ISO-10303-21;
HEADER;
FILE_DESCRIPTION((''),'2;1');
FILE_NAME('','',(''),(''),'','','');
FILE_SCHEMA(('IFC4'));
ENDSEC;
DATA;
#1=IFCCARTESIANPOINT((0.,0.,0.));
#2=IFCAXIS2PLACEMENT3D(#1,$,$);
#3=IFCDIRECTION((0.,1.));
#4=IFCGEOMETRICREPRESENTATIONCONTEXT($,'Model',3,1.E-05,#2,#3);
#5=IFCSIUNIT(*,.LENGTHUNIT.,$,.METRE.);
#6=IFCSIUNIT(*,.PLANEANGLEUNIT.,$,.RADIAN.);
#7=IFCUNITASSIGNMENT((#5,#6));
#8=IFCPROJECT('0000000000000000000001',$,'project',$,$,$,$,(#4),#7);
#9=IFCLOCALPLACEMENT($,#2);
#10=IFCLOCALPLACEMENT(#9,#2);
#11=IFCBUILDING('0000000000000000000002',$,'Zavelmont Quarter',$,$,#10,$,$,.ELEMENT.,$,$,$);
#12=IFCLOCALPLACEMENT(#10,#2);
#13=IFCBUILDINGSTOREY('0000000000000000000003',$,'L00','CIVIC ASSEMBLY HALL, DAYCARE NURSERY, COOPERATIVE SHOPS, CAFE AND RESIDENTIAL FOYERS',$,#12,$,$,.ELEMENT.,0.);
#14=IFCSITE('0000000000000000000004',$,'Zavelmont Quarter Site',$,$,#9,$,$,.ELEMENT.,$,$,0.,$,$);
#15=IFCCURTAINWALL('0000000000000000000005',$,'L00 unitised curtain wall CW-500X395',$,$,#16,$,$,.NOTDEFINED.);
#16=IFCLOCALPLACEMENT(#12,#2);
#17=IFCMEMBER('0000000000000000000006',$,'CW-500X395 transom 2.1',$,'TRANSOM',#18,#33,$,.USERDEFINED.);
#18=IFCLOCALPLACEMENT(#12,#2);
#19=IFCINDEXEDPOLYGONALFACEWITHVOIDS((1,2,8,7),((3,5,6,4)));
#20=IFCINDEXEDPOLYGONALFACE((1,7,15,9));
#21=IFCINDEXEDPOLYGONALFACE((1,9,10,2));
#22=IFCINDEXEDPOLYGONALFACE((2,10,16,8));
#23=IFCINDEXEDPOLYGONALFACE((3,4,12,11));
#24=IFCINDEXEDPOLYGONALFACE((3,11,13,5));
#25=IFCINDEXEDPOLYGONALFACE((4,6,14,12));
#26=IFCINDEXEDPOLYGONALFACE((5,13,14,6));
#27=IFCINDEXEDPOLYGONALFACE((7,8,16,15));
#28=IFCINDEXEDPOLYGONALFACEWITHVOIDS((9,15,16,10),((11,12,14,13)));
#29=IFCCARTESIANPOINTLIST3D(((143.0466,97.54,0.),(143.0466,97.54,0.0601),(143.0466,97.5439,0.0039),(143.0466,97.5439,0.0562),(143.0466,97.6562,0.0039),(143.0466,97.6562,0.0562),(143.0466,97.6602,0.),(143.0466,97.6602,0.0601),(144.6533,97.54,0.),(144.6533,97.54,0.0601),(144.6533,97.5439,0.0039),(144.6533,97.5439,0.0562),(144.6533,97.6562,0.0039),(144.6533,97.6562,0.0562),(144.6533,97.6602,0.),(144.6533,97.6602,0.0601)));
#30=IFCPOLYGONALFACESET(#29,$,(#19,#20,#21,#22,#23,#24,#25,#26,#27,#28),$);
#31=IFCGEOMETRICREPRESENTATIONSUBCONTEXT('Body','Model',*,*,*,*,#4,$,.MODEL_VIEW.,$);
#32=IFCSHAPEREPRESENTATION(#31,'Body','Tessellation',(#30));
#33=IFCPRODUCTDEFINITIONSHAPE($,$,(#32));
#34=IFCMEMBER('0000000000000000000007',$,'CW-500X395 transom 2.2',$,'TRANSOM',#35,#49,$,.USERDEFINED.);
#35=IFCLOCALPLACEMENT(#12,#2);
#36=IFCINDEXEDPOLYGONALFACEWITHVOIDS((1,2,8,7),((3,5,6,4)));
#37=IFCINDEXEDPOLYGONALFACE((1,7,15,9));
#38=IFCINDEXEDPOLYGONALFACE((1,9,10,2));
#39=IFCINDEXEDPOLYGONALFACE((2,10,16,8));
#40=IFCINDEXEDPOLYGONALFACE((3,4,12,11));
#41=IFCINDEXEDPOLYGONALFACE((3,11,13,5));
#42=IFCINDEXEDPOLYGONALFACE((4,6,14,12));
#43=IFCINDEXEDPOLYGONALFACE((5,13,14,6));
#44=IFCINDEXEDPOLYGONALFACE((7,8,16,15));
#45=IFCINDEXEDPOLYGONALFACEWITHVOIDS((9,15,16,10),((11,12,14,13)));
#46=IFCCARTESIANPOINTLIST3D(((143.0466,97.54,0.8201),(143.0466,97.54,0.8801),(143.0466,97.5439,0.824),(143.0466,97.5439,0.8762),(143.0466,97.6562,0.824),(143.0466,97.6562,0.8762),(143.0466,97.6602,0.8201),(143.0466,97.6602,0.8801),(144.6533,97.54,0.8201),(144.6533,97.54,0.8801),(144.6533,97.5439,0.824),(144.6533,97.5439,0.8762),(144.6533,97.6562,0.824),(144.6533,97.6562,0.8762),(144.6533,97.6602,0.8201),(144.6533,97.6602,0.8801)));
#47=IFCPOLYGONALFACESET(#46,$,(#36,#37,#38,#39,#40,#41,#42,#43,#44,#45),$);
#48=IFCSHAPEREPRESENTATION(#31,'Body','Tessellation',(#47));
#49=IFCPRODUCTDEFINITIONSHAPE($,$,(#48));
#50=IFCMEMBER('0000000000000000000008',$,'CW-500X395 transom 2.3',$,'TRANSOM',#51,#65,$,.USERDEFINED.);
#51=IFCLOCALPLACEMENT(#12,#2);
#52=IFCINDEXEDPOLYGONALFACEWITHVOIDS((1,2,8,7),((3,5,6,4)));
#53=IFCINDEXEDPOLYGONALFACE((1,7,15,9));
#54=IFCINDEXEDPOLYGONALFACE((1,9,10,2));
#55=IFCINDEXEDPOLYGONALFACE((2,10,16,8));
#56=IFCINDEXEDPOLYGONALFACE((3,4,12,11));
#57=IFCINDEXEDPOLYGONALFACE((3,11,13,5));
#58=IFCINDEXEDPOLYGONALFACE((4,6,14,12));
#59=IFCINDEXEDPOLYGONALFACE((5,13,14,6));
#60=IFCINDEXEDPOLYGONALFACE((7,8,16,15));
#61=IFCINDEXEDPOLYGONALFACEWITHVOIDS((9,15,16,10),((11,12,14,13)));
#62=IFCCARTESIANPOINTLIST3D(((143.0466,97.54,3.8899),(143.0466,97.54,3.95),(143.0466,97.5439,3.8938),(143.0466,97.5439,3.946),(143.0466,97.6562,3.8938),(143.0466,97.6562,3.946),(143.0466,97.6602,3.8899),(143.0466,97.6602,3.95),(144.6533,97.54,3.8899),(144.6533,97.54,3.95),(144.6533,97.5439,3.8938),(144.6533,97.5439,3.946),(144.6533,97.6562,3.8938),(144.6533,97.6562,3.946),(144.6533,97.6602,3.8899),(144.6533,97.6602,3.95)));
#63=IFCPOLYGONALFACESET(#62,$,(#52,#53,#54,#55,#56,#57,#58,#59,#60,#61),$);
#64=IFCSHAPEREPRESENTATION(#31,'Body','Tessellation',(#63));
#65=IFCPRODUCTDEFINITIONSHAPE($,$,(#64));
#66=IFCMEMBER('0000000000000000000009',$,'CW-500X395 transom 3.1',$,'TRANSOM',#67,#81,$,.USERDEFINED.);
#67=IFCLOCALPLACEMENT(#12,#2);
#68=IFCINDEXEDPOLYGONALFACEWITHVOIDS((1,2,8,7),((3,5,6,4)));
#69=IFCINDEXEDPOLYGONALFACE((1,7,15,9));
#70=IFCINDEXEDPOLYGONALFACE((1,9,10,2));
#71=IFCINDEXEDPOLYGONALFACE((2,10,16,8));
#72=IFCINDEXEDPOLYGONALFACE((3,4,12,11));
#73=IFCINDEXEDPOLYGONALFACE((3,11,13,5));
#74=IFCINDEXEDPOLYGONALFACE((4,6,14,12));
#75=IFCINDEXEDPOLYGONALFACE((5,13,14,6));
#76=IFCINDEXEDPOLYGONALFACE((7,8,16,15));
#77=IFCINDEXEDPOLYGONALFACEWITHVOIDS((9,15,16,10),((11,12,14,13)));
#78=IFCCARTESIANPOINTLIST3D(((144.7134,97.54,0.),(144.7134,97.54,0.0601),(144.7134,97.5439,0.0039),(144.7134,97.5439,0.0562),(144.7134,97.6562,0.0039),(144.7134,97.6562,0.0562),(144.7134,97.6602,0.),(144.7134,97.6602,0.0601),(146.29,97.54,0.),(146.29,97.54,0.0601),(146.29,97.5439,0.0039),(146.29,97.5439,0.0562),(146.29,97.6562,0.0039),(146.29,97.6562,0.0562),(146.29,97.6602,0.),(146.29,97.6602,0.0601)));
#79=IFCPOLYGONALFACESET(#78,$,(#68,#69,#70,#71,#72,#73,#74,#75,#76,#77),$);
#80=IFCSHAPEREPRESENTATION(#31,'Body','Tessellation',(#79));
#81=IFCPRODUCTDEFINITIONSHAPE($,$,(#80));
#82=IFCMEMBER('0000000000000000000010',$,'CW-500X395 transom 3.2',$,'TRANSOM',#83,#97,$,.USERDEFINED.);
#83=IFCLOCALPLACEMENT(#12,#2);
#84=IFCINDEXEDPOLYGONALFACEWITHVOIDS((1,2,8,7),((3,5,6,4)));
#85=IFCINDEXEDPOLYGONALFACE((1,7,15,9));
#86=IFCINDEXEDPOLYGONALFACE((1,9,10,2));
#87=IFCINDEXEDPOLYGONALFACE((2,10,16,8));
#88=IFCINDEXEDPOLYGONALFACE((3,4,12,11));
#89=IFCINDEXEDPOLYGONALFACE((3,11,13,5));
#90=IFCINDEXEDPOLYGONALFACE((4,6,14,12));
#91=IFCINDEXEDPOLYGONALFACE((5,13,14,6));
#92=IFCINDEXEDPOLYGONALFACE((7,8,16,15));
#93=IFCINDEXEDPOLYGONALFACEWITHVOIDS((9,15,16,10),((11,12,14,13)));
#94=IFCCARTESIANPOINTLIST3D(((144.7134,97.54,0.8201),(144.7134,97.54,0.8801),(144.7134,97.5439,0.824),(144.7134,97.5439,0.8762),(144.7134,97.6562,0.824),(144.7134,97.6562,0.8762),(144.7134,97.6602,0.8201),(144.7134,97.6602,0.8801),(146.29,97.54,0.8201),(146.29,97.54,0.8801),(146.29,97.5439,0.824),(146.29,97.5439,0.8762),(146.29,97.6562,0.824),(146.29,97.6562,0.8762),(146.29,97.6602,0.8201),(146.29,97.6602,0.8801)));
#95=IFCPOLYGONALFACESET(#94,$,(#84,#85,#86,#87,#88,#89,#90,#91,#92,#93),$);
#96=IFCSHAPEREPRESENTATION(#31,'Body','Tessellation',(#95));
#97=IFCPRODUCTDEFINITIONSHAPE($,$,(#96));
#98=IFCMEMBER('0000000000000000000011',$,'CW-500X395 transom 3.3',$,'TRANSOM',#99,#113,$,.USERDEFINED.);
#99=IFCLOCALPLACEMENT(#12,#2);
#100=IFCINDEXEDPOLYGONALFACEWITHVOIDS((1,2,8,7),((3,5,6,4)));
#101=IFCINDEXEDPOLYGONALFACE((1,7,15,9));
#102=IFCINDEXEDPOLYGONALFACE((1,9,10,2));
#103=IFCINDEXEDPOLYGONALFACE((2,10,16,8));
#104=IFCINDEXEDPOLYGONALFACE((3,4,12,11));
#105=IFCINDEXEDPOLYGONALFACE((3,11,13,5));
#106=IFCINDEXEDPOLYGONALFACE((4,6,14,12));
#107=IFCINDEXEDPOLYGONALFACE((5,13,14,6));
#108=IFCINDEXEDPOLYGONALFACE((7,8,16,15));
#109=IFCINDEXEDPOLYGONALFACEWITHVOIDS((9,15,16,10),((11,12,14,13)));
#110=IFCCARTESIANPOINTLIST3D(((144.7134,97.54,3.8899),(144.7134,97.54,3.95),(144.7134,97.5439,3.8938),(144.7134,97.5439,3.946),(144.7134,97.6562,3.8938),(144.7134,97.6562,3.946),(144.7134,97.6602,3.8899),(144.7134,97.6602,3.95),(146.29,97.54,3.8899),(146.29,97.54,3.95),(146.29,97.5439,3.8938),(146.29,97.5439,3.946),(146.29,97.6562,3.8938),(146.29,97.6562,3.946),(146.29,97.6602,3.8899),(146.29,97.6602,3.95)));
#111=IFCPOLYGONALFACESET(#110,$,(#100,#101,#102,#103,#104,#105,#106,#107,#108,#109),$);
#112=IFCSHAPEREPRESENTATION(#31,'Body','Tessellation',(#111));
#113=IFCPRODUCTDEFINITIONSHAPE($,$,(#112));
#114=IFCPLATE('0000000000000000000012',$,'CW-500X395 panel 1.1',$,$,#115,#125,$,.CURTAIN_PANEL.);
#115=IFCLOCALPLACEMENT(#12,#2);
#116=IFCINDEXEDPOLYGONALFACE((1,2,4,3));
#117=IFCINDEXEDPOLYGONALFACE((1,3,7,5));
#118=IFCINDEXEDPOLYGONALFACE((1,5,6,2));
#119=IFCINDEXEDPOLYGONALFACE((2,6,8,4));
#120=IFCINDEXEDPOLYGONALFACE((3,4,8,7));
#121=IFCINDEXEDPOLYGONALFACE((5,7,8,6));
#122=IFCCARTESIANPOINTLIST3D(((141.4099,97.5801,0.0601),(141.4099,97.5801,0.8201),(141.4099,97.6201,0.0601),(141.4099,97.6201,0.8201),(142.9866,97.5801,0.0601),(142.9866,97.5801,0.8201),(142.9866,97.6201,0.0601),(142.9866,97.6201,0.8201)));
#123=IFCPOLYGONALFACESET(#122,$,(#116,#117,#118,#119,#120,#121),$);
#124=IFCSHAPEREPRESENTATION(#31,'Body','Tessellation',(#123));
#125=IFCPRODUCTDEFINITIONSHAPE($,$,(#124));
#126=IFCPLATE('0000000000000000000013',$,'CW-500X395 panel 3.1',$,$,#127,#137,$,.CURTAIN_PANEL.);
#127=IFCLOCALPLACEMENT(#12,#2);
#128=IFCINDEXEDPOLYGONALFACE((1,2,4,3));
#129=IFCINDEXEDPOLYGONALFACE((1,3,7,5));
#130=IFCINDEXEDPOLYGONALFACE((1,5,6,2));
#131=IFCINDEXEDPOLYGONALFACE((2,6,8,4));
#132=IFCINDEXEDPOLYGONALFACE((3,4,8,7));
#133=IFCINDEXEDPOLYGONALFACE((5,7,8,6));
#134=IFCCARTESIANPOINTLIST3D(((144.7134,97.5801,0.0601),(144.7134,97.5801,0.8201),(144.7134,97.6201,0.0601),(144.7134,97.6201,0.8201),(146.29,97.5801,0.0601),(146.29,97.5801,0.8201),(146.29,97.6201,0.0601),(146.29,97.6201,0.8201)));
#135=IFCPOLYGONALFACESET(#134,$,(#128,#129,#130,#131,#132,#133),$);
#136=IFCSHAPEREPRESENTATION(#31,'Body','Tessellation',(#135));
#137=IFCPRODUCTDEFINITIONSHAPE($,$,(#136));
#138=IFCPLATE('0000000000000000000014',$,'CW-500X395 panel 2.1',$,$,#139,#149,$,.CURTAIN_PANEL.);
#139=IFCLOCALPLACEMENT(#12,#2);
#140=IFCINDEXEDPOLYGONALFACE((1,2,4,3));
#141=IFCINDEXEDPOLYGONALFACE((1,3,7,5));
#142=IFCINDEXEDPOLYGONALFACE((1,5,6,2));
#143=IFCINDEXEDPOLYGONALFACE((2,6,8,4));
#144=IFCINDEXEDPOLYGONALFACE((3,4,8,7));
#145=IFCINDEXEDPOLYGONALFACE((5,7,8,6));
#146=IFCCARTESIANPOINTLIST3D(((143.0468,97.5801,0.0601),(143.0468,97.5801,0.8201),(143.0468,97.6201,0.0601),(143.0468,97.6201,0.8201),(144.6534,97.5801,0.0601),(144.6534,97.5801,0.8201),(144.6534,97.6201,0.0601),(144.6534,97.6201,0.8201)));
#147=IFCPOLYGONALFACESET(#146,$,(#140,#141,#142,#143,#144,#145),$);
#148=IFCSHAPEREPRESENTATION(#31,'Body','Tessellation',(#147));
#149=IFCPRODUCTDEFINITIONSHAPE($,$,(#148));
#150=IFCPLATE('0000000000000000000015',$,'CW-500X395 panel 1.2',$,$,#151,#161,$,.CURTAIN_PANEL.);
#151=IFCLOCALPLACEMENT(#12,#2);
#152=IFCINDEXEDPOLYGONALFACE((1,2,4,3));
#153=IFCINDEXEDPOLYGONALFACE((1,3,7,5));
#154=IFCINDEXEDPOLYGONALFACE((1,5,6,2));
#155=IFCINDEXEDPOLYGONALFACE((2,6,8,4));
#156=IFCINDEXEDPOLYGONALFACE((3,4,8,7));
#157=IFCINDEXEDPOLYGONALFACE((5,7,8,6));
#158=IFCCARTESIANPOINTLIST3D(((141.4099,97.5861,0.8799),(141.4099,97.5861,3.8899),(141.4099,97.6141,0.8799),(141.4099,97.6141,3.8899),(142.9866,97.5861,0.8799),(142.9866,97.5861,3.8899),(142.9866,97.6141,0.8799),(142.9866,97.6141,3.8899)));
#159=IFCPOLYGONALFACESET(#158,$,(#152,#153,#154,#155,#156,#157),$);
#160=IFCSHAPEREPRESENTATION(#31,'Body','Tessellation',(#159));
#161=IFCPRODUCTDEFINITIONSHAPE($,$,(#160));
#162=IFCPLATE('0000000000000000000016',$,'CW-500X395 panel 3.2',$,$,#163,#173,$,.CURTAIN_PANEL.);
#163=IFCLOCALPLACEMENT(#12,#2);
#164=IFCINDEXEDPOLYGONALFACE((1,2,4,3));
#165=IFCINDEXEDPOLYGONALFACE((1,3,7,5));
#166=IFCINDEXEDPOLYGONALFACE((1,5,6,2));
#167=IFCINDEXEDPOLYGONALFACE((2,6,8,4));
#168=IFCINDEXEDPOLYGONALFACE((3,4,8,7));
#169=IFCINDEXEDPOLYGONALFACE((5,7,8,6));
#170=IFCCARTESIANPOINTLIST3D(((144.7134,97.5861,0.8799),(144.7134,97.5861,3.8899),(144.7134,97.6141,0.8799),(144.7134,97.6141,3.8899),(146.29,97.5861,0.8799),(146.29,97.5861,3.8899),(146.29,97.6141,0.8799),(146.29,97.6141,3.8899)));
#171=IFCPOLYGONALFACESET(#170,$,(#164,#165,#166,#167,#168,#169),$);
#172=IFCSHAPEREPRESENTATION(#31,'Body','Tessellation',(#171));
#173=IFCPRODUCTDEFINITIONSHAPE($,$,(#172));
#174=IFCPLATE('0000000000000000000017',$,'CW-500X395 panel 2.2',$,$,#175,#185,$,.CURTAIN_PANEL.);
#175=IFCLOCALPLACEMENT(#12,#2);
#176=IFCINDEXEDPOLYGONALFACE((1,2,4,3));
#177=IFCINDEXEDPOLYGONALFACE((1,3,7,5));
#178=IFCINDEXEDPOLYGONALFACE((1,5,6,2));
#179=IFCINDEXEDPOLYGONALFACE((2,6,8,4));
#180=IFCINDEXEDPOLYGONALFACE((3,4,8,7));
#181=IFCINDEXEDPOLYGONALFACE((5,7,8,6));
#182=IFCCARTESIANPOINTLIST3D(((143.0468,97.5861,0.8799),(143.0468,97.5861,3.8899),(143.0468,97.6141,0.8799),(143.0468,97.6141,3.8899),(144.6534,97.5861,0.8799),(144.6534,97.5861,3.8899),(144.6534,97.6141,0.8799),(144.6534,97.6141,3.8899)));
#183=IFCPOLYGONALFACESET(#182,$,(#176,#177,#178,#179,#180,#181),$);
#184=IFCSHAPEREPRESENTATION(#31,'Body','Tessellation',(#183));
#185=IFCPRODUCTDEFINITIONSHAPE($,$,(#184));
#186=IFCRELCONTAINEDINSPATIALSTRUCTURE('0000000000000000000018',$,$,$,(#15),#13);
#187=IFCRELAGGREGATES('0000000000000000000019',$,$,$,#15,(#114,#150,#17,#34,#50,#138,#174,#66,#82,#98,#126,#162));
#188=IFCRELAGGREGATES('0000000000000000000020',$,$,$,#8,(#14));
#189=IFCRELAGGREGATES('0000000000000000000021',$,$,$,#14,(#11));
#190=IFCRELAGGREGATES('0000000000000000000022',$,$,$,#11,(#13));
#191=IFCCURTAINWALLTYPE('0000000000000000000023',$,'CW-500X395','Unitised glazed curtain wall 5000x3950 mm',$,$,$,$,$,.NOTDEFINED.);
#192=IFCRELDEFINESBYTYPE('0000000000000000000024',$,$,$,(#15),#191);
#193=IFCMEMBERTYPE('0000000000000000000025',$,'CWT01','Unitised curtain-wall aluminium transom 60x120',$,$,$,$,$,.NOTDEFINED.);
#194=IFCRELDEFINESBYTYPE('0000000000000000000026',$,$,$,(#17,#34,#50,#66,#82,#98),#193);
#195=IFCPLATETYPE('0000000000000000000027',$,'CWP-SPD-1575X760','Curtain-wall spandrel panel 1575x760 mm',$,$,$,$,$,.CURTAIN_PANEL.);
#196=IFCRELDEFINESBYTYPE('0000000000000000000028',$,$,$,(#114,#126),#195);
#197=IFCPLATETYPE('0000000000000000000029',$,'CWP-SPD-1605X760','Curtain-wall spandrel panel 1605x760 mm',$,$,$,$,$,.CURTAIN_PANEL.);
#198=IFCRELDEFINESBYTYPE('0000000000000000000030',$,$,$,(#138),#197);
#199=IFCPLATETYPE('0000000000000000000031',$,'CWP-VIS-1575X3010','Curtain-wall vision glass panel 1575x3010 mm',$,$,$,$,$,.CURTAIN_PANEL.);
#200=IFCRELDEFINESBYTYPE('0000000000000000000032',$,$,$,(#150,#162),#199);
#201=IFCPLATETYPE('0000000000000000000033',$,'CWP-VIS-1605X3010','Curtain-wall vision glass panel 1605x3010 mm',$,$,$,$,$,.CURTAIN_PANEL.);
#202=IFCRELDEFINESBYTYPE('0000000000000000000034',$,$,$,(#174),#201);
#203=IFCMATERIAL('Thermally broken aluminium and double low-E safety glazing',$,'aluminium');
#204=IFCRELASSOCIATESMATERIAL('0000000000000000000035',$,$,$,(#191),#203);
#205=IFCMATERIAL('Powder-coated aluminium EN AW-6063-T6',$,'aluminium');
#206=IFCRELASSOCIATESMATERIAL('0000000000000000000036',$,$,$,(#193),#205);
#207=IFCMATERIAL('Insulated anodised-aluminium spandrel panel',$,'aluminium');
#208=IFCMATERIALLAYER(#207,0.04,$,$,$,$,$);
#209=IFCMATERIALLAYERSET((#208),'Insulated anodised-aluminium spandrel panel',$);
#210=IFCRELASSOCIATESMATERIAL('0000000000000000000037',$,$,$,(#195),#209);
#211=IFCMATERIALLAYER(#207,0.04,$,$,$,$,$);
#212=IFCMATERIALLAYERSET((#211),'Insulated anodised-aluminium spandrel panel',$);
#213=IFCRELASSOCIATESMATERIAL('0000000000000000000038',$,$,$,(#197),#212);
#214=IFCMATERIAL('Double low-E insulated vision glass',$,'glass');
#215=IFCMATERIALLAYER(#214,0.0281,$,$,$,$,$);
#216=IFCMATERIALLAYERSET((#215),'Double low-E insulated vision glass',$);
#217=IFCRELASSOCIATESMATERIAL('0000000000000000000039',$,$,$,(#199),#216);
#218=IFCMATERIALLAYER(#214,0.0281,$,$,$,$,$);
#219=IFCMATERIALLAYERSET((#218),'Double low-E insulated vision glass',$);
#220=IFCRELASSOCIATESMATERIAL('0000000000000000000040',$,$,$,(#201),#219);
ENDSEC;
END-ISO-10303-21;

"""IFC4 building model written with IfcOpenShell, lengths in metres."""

from ifc_helpers import new_model, si_unit, direction, frame, origin, origin_2d, place, context, subcontext, project, spatial, rectangle, hollow_rectangle, extrude, material, layer, layer_set, material_profile, profile_set, type_object, element, aggregate, save


model = new_model("IFC4")

# Units and contexts
model_context = context("Model", 3, precision=1e-05, world=origin(), true_north=direction((0.0, 1.0)))
body_context = subcontext(model_context, "Body", "Model", "MODEL_VIEW")
ifc_project = project(units=[si_unit("LENGTHUNIT", "METRE"), si_unit("PLANEANGLEUNIT", "RADIAN")], contexts=[model_context])

# Site, building, storey
site_placement = place(None, origin())
site = spatial("IfcSite", under=ifc_project, at=site_placement, Name="Zavelmont Quarter Site", CompositionType="ELEMENT", RefElevation=0.0)
building_placement = place(site_placement, origin())
building = spatial("IfcBuilding", under=site, at=building_placement, Name="Zavelmont Quarter", CompositionType="ELEMENT")
storey_placement = place(building_placement, origin())
storey = spatial("IfcBuildingStorey", under=building, at=storey_placement, Name="L00", Description="CIVIC ASSEMBLY HALL, DAYCARE NURSERY, COOPERATIVE SHOPS, CAFE AND RESIDENTIAL FOYERS", CompositionType="ELEMENT", Elevation=0.0)

# Curtain wall, members, plates
ifc_material_1 = material(Name="Thermally broken aluminium and double low-E safety glazing", Category="aluminium")
curtain_wall_type = type_object("IfcCurtainWallType", Name="CW-500X395", Description="Unitised glazed curtain wall 5000x3950 mm", PredefinedType="NOTDEFINED", material=ifc_material_1)
curtain_wall_placement = place(storey_placement, origin())
curtain_wall = element("IfcCurtainWall", 1, at=curtain_wall_placement, inside=storey, type_object=curtain_wall_type, Name="L00 unitised curtain wall CW-500X395", PredefinedType="NOTDEFINED")
ifc_material_2 = material(Name="Powder-coated aluminium EN AW-6063-T6", Category="aluminium")
ifc_material_profile_1 = material_profile(ifc_material_2, hollow_rectangle(XDim=0.1201, YDim=0.0601, WallThickness=0.0039, at=origin_2d()), Name="CWT60X120")
ifc_profile_set_1 = profile_set([ifc_material_profile_1], Name="Powder-coated aluminium EN AW-6063-T6")
member_type_1 = type_object("IfcMemberType", Name="CWT01", Description="Unitised curtain-wall aluminium transom 60x120", PredefinedType="NOTDEFINED", material=ifc_profile_set_1)
member_1_placement = place(storey_placement, frame((143.0466, 97.6001, 0.03), z_axis=(1.0, 0.0, 0.0), x_axis=(0.0, 1.0, 0.0)))
member_1 = element("IfcMember", 2, at=member_1_placement, type_object=member_type_1, Name="CW-500X395 transom 2.1", ObjectType="TRANSOM", PredefinedType="USERDEFINED", context=body_context, shape_type="SweptSolid", body=[
    extrude(hollow_rectangle(XDim=0.1201, YDim=0.0601, WallThickness=0.0039, at=origin_2d()), origin(), (0.0, 0.0, 1.0), 1.6067),
])
member_2_placement = place(storey_placement, frame((143.0466, 97.6001, 0.8501), z_axis=(1.0, 0.0, 0.0), x_axis=(0.0, 1.0, 0.0)))
member_2 = element("IfcMember", 3, at=member_2_placement, type_object=member_type_1, Name="CW-500X395 transom 2.2", ObjectType="TRANSOM", PredefinedType="USERDEFINED", context=body_context, shape_type="SweptSolid", body=[
    extrude(hollow_rectangle(XDim=0.1201, YDim=0.0601, WallThickness=0.0039, at=origin_2d()), origin(), (0.0, 0.0, 1.0), 1.6067),
])
member_3_placement = place(storey_placement, frame((143.0466, 97.6001, 3.9199), z_axis=(1.0, 0.0, 0.0), x_axis=(0.0, 1.0, 0.0)))
member_3 = element("IfcMember", 4, at=member_3_placement, type_object=member_type_1, Name="CW-500X395 transom 2.3", ObjectType="TRANSOM", PredefinedType="USERDEFINED", context=body_context, shape_type="SweptSolid", body=[
    extrude(hollow_rectangle(XDim=0.1201, YDim=0.0601, WallThickness=0.0039, at=origin_2d()), origin(), (0.0, 0.0, 1.0), 1.6067),
])
member_4_placement = place(storey_placement, frame((144.7134, 97.6001, 0.03), z_axis=(1.0, 0.0, 0.0), x_axis=(0.0, 1.0, 0.0)))
member_4 = element("IfcMember", 5, at=member_4_placement, type_object=member_type_1, Name="CW-500X395 transom 3.1", ObjectType="TRANSOM", PredefinedType="USERDEFINED", context=body_context, shape_type="SweptSolid", body=[
    extrude(hollow_rectangle(XDim=0.1201, YDim=0.0601, WallThickness=0.0039, at=origin_2d()), origin(), (0.0, 0.0, 1.0), 1.5767),
])
member_5_placement = place(storey_placement, frame((144.7134, 97.6001, 0.8501), z_axis=(1.0, 0.0, 0.0), x_axis=(0.0, 1.0, 0.0)))
member_5 = element("IfcMember", 6, at=member_5_placement, type_object=member_type_1, Name="CW-500X395 transom 3.2", ObjectType="TRANSOM", PredefinedType="USERDEFINED", context=body_context, shape_type="SweptSolid", body=[
    extrude(hollow_rectangle(XDim=0.1201, YDim=0.0601, WallThickness=0.0039, at=origin_2d()), origin(), (0.0, 0.0, 1.0), 1.5767),
])
member_6_placement = place(storey_placement, frame((144.7134, 97.6001, 3.9199), z_axis=(1.0, 0.0, 0.0), x_axis=(0.0, 1.0, 0.0)))
member_6 = element("IfcMember", 7, at=member_6_placement, type_object=member_type_1, Name="CW-500X395 transom 3.3", ObjectType="TRANSOM", PredefinedType="USERDEFINED", context=body_context, shape_type="SweptSolid", body=[
    extrude(hollow_rectangle(XDim=0.1201, YDim=0.0601, WallThickness=0.0039, at=origin_2d()), origin(), (0.0, 0.0, 1.0), 1.5767),
])
ifc_material_3 = material(Name="Insulated anodised-aluminium spandrel panel", Category="aluminium")
ifc_layer_1 = layer(ifc_material_3, 0.04)
ifc_layer_set_1 = layer_set([ifc_layer_1], Name="Insulated anodised-aluminium spandrel panel")
plate_type_1 = type_object("IfcPlateType", Name="CWP-SPD-1575X760", Description="Curtain-wall spandrel panel 1575x760 mm", PredefinedType="CURTAIN_PANEL", material=ifc_layer_set_1)
plate_1_placement = place(storey_placement, frame((142.1982, 97.6001, 0.0601), z_axis=(0.0, 0.0, 1.0), x_axis=(1.0, 0.0, 0.0)))
plate_1 = element("IfcPlate", 8, at=plate_1_placement, type_object=plate_type_1, Name="CW-500X395 panel 1.1", PredefinedType="CURTAIN_PANEL", context=body_context, shape_type="SweptSolid", body=[
    extrude(rectangle(XDim=1.5767, YDim=0.04, at=origin_2d()), origin(), (0.0, 0.0, 1.0), 0.76),
])
plate_2_placement = place(storey_placement, frame((145.5017, 97.6001, 0.0601), z_axis=(0.0, 0.0, 1.0), x_axis=(1.0, 0.0, 0.0)))
plate_2 = element("IfcPlate", 9, at=plate_2_placement, type_object=plate_type_1, Name="CW-500X395 panel 3.1", PredefinedType="CURTAIN_PANEL", context=body_context, shape_type="SweptSolid", body=[
    extrude(rectangle(XDim=1.5767, YDim=0.04, at=origin_2d()), origin(), (0.0, 0.0, 1.0), 0.76),
])
ifc_layer_2 = layer(ifc_material_3, 0.04)
ifc_layer_set_2 = layer_set([ifc_layer_2], Name="Insulated anodised-aluminium spandrel panel")
plate_type_2 = type_object("IfcPlateType", Name="CWP-SPD-1605X760", Description="Curtain-wall spandrel panel 1605x760 mm", PredefinedType="CURTAIN_PANEL", material=ifc_layer_set_2)
plate_3_placement = place(storey_placement, frame((143.8501, 97.6001, 0.0601), z_axis=(0.0, 0.0, 1.0), x_axis=(1.0, 0.0, 0.0)))
plate_3 = element("IfcPlate", 10, at=plate_3_placement, type_object=plate_type_2, Name="CW-500X395 panel 2.1", PredefinedType="CURTAIN_PANEL", context=body_context, shape_type="SweptSolid", body=[
    extrude(rectangle(XDim=1.6067, YDim=0.04, at=origin_2d()), origin(), (0.0, 0.0, 1.0), 0.76),
])
ifc_material_4 = material(Name="Double low-E insulated vision glass", Category="glass")
ifc_layer_3 = layer(ifc_material_4, 0.0281)
ifc_layer_set_3 = layer_set([ifc_layer_3], Name="Double low-E insulated vision glass")
plate_type_3 = type_object("IfcPlateType", Name="CWP-VIS-1575X3010", Description="Curtain-wall vision glass panel 1575x3010 mm", PredefinedType="CURTAIN_PANEL", material=ifc_layer_set_3)
plate_4_placement = place(storey_placement, frame((142.1982, 97.6001, 0.8799), z_axis=(0.0, 0.0, 1.0), x_axis=(1.0, 0.0, 0.0)))
plate_4 = element("IfcPlate", 11, at=plate_4_placement, type_object=plate_type_3, Name="CW-500X395 panel 1.2", PredefinedType="CURTAIN_PANEL", context=body_context, shape_type="SweptSolid", body=[
    extrude(rectangle(XDim=1.5767, YDim=0.0281, at=origin_2d()), origin(), (0.0, 0.0, 1.0), 3.01),
])
plate_5_placement = place(storey_placement, frame((145.5017, 97.6001, 0.8799), z_axis=(0.0, 0.0, 1.0), x_axis=(1.0, 0.0, 0.0)))
plate_5 = element("IfcPlate", 12, at=plate_5_placement, type_object=plate_type_3, Name="CW-500X395 panel 3.2", PredefinedType="CURTAIN_PANEL", context=body_context, shape_type="SweptSolid", body=[
    extrude(rectangle(XDim=1.5767, YDim=0.0281, at=origin_2d()), origin(), (0.0, 0.0, 1.0), 3.01),
])
ifc_layer_4 = layer(ifc_material_4, 0.0281)
ifc_layer_set_4 = layer_set([ifc_layer_4], Name="Double low-E insulated vision glass")
plate_type_4 = type_object("IfcPlateType", Name="CWP-VIS-1605X3010", Description="Curtain-wall vision glass panel 1605x3010 mm", PredefinedType="CURTAIN_PANEL", material=ifc_layer_set_4)
plate_6_placement = place(storey_placement, frame((143.8501, 97.6001, 0.8799), z_axis=(0.0, 0.0, 1.0), x_axis=(1.0, 0.0, 0.0)))
plate_6 = element("IfcPlate", 13, at=plate_6_placement, type_object=plate_type_4, Name="CW-500X395 panel 2.2", PredefinedType="CURTAIN_PANEL", context=body_context, shape_type="SweptSolid", body=[
    extrude(rectangle(XDim=1.6067, YDim=0.0281, at=origin_2d()), origin(), (0.0, 0.0, 1.0), 3.01),
])
aggregate(curtain_wall, [plate_1, plate_4, member_1, member_2, member_3, plate_3, plate_6, member_4, member_5, member_6, plate_2, plate_5])

save(model, "model.ifc")
